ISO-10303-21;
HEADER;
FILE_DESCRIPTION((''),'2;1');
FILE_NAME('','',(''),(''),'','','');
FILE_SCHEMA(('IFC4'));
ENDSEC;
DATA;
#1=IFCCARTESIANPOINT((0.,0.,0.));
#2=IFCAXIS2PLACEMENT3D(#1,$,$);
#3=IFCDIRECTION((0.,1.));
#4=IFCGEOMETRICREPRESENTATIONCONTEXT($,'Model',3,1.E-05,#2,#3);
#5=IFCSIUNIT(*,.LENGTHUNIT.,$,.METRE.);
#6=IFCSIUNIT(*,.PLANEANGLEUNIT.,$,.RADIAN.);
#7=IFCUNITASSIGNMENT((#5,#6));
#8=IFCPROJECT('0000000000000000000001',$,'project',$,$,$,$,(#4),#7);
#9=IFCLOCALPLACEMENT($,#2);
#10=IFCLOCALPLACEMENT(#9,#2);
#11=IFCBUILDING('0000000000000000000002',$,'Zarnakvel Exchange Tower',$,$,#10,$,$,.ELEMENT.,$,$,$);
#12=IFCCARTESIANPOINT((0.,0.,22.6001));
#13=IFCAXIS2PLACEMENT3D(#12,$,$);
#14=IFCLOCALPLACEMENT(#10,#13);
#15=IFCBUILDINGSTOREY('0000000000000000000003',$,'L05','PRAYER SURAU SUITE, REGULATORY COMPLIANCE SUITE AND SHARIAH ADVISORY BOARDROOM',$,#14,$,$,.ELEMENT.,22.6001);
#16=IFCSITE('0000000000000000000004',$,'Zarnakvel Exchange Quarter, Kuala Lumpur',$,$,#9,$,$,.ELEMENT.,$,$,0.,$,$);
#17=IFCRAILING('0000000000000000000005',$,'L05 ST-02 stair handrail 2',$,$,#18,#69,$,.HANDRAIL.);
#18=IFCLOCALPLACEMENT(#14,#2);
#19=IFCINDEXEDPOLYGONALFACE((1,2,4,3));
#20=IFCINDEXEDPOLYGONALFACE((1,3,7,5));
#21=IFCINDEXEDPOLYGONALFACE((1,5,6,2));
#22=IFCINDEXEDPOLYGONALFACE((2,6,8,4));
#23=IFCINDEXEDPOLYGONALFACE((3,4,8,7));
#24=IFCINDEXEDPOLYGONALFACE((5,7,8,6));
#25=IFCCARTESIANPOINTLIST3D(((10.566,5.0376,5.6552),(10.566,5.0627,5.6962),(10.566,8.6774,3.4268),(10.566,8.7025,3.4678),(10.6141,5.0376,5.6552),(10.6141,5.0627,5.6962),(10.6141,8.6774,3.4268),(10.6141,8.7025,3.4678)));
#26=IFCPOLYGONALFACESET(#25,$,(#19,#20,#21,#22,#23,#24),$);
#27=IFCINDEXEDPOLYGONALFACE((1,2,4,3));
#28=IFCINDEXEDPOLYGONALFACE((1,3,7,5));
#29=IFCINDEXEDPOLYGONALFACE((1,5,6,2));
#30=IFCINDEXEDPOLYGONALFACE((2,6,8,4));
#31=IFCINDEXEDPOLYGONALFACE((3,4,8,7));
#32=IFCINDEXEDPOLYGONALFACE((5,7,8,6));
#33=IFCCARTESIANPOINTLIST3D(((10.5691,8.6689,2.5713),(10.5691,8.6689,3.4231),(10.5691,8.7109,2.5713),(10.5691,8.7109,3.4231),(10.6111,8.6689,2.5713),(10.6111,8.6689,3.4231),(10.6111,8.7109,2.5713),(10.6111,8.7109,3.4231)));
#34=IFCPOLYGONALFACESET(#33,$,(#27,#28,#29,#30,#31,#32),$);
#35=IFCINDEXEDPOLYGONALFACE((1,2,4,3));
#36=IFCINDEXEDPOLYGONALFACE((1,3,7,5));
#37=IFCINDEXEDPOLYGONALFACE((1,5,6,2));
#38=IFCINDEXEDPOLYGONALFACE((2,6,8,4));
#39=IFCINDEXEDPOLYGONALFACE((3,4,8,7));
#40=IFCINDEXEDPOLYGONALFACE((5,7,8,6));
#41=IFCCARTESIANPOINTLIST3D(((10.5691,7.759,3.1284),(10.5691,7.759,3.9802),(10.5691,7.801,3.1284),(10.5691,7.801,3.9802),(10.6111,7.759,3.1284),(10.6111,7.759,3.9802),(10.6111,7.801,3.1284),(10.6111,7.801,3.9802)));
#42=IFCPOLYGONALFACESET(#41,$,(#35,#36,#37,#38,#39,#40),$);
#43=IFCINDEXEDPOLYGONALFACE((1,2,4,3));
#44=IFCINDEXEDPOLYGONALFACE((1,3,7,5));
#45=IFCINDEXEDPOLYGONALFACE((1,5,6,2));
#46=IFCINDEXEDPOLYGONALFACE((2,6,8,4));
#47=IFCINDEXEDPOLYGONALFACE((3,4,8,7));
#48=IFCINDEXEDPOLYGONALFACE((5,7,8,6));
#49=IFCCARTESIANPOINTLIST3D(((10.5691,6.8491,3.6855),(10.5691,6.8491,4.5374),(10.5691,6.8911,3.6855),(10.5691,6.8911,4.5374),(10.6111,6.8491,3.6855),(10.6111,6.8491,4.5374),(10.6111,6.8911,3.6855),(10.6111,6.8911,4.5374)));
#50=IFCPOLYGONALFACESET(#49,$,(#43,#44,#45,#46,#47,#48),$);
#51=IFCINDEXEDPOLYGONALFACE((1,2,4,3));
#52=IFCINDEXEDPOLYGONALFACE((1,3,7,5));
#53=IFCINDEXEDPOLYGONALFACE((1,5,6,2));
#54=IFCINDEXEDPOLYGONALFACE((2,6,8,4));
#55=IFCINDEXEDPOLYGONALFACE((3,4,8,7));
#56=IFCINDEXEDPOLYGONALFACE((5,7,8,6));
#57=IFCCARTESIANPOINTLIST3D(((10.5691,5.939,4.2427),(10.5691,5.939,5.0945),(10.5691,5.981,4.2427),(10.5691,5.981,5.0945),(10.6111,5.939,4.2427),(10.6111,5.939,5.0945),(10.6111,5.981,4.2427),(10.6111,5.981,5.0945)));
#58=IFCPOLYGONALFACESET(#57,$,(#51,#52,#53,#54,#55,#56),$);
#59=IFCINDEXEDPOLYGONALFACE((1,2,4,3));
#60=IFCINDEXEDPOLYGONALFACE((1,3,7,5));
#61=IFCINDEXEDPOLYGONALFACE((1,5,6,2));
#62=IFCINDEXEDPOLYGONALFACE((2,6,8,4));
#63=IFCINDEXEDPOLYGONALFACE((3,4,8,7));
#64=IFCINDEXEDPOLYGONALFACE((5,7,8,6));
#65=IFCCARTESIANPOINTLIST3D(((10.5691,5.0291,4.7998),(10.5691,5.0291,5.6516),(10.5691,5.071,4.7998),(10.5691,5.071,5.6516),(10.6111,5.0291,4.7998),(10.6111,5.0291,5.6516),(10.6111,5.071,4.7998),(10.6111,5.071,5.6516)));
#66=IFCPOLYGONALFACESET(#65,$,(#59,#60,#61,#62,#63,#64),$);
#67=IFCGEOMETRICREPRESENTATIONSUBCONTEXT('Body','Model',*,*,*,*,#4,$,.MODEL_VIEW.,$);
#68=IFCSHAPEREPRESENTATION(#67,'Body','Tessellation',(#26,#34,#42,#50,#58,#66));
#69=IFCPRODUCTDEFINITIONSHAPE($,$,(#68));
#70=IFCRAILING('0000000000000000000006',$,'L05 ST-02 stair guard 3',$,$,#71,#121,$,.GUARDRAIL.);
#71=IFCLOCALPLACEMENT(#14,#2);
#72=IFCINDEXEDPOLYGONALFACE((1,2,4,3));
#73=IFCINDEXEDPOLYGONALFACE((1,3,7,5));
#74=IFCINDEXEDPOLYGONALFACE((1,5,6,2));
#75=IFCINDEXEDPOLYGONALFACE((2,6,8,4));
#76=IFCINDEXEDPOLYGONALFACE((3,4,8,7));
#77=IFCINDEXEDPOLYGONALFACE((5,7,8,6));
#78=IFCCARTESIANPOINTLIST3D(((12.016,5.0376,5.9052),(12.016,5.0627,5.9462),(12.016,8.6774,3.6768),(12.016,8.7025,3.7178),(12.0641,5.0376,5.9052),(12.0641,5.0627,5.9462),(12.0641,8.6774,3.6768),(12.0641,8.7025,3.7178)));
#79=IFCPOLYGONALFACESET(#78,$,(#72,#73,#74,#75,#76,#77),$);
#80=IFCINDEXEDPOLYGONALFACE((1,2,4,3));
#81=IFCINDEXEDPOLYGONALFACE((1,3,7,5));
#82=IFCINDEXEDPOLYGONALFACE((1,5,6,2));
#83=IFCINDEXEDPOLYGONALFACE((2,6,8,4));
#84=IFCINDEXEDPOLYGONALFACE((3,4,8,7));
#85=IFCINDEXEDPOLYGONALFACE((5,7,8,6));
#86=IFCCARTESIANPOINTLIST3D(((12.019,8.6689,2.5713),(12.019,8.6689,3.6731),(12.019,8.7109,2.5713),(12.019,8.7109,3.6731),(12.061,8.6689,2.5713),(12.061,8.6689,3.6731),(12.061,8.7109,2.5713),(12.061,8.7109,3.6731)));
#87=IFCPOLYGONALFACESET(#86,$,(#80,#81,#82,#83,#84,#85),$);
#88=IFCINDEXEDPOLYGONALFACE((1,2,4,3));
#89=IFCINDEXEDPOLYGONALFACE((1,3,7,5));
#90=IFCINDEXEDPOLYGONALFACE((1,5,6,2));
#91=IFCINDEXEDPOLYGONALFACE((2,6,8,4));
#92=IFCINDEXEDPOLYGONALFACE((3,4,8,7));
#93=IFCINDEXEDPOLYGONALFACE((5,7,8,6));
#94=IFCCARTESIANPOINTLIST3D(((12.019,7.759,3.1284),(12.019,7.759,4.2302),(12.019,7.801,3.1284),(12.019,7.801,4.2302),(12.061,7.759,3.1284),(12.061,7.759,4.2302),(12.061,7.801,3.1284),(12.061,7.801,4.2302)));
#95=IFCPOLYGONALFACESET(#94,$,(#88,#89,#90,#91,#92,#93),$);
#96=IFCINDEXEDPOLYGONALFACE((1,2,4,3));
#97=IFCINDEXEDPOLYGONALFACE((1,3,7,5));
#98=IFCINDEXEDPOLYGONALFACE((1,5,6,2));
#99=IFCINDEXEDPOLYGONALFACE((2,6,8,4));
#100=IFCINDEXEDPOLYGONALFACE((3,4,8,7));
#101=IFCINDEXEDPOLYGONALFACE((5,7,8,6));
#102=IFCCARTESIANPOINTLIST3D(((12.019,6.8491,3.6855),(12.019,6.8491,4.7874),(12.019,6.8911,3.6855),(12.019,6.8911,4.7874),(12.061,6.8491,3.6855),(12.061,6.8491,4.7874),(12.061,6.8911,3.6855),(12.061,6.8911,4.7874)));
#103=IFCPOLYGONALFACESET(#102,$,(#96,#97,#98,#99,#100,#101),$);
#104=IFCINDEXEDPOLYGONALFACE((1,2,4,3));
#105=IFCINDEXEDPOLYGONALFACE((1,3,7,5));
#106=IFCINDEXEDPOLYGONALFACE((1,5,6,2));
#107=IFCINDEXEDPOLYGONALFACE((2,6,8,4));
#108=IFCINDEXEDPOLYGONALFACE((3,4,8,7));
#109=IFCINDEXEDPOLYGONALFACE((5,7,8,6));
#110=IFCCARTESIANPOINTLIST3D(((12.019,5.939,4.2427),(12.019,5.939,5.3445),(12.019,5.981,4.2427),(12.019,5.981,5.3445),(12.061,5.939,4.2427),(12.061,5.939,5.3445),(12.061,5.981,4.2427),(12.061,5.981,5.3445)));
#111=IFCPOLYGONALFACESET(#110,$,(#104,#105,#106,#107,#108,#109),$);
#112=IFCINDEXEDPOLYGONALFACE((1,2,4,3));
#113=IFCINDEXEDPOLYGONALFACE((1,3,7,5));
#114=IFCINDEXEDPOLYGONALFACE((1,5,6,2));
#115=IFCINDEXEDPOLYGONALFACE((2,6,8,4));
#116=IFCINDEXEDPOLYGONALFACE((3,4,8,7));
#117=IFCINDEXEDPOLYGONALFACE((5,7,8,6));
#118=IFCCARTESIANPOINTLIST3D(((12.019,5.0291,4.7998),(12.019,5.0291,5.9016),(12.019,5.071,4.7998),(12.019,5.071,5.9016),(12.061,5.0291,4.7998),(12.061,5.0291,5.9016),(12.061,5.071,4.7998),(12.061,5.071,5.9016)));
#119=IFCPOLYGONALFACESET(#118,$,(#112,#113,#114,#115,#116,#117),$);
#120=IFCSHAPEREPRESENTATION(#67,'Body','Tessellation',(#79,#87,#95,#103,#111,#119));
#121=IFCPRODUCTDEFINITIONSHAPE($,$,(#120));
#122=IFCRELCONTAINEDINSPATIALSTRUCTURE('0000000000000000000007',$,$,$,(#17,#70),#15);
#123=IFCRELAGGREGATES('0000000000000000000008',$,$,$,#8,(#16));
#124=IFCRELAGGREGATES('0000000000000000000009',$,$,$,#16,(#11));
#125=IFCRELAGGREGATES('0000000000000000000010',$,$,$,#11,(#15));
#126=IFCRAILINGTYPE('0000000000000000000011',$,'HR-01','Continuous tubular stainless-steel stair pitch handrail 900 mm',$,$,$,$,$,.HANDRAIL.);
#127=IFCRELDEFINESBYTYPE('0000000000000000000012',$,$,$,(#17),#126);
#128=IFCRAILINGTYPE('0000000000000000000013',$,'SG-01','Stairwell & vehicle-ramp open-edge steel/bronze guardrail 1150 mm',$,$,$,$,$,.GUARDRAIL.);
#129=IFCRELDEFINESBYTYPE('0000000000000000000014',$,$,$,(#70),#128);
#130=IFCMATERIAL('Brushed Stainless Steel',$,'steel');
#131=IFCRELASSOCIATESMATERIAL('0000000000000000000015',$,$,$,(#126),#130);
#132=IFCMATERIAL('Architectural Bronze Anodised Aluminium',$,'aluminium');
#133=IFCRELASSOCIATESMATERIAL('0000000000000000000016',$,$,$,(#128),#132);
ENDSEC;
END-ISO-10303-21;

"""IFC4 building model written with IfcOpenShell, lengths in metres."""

from ifc_helpers import new_model, si_unit, direction, frame, origin, origin_2d, place, context, subcontext, project, spatial, rectangle, extrude, material, type_object, element, save


model = new_model("IFC4")

# Units and contexts
model_context = context("Model", 3, precision=1e-05, world=origin(), true_north=direction((0.0, 1.0)))
body_context = subcontext(model_context, "Body", "Model", "MODEL_VIEW")
ifc_project = project(units=[si_unit("LENGTHUNIT", "METRE"), si_unit("PLANEANGLEUNIT", "RADIAN")], contexts=[model_context])

# Site, building, storey
site_placement = place(None, origin())
site = spatial("IfcSite", under=ifc_project, at=site_placement, Name="Zarnakvel Exchange Quarter, Kuala Lumpur", CompositionType="ELEMENT", RefElevation=0.0)
building_placement = place(site_placement, origin())
building = spatial("IfcBuilding", under=site, at=building_placement, Name="Zarnakvel Exchange Tower", CompositionType="ELEMENT")
storey_placement = place(building_placement, frame((0.0, 0.0, 22.6001)))
storey = spatial("IfcBuildingStorey", under=building, at=storey_placement, Name="L05", Description="PRAYER SURAU SUITE, REGULATORY COMPLIANCE SUITE AND SHARIAH ADVISORY BOARDROOM", CompositionType="ELEMENT", Elevation=22.6001)

# Shared definitions
ifc_material_1 = material(Name="Brushed Stainless Steel", Category="steel")

# Railings
railing_type_1 = type_object("IfcRailingType", Name="HR-01", Description="Continuous tubular stainless-steel stair pitch handrail 900 mm", PredefinedType="HANDRAIL", material=ifc_material_1)
railing_1_placement = place(storey_placement, frame((10.5901, 8.6899, 2.5713)))
element("IfcRailing", 1, at=railing_1_placement, inside=storey, type_object=railing_type_1, Name="L05 ST-02 stair handrail 2", PredefinedType="HANDRAIL", context=body_context, shape_type="SweptSolid", body=[
    extrude(rectangle(XDim=0.0481, YDim=0.0481, at=origin_2d()), frame((0.0, 0.0, 0.876), z_axis=(0.0, -0.85285, 0.522156), x_axis=(1.0, 0.0, 0.0)), (0.0, 0.0, 1.0), 4.2678),
    extrude(rectangle(XDim=0.042, YDim=0.042, at=origin_2d()), origin(), (0.0, 0.0, 1.0), 0.8518),
    extrude(rectangle(XDim=0.042, YDim=0.042, at=origin_2d()), frame((0.0, -0.9099, 0.5571)), (0.0, 0.0, 1.0), 0.8518),
    extrude(rectangle(XDim=0.042, YDim=0.042, at=origin_2d()), frame((0.0, -1.8198, 1.1143)), (0.0, 0.0, 1.0), 0.8518),
    extrude(rectangle(XDim=0.042, YDim=0.042, at=origin_2d()), frame((0.0, -2.73, 1.6714)), (0.0, 0.0, 1.0), 0.8518),
    extrude(rectangle(XDim=0.042, YDim=0.042, at=origin_2d()), frame((0.0, -3.6399, 2.2285)), (0.0, 0.0, 1.0), 0.8518),
])
ifc_material_2 = material(Name="Architectural Bronze Anodised Aluminium", Category="aluminium")
railing_type_2 = type_object("IfcRailingType", Name="SG-01", Description="Stairwell & vehicle-ramp open-edge steel/bronze guardrail 1150 mm", PredefinedType="GUARDRAIL", material=ifc_material_2)
railing_2_placement = place(storey_placement, frame((12.04, 8.6899, 2.5713)))
element("IfcRailing", 2, at=railing_2_placement, inside=storey, type_object=railing_type_2, Name="L05 ST-02 stair guard 3", PredefinedType="GUARDRAIL", context=body_context, shape_type="SweptSolid", body=[
    extrude(rectangle(XDim=0.0481, YDim=0.0481, at=origin_2d()), frame((0.0, 0.0, 1.126), z_axis=(0.0, -0.85285, 0.522156), x_axis=(1.0, 0.0, 0.0)), (0.0, 0.0, 1.0), 4.2678),
    extrude(rectangle(XDim=0.042, YDim=0.042, at=origin_2d()), origin(), (0.0, 0.0, 1.0), 1.1018),
    extrude(rectangle(XDim=0.042, YDim=0.042, at=origin_2d()), frame((0.0, -0.9099, 0.5571)), (0.0, 0.0, 1.0), 1.1018),
    extrude(rectangle(XDim=0.042, YDim=0.042, at=origin_2d()), frame((0.0, -1.8198, 1.1143)), (0.0, 0.0, 1.0), 1.1018),
    extrude(rectangle(XDim=0.042, YDim=0.042, at=origin_2d()), frame((0.0, -2.73, 1.6714)), (0.0, 0.0, 1.0), 1.1018),
    extrude(rectangle(XDim=0.042, YDim=0.042, at=origin_2d()), frame((0.0, -3.6399, 2.2285)), (0.0, 0.0, 1.0), 1.1018),
])

save(model, "model.ifc")
